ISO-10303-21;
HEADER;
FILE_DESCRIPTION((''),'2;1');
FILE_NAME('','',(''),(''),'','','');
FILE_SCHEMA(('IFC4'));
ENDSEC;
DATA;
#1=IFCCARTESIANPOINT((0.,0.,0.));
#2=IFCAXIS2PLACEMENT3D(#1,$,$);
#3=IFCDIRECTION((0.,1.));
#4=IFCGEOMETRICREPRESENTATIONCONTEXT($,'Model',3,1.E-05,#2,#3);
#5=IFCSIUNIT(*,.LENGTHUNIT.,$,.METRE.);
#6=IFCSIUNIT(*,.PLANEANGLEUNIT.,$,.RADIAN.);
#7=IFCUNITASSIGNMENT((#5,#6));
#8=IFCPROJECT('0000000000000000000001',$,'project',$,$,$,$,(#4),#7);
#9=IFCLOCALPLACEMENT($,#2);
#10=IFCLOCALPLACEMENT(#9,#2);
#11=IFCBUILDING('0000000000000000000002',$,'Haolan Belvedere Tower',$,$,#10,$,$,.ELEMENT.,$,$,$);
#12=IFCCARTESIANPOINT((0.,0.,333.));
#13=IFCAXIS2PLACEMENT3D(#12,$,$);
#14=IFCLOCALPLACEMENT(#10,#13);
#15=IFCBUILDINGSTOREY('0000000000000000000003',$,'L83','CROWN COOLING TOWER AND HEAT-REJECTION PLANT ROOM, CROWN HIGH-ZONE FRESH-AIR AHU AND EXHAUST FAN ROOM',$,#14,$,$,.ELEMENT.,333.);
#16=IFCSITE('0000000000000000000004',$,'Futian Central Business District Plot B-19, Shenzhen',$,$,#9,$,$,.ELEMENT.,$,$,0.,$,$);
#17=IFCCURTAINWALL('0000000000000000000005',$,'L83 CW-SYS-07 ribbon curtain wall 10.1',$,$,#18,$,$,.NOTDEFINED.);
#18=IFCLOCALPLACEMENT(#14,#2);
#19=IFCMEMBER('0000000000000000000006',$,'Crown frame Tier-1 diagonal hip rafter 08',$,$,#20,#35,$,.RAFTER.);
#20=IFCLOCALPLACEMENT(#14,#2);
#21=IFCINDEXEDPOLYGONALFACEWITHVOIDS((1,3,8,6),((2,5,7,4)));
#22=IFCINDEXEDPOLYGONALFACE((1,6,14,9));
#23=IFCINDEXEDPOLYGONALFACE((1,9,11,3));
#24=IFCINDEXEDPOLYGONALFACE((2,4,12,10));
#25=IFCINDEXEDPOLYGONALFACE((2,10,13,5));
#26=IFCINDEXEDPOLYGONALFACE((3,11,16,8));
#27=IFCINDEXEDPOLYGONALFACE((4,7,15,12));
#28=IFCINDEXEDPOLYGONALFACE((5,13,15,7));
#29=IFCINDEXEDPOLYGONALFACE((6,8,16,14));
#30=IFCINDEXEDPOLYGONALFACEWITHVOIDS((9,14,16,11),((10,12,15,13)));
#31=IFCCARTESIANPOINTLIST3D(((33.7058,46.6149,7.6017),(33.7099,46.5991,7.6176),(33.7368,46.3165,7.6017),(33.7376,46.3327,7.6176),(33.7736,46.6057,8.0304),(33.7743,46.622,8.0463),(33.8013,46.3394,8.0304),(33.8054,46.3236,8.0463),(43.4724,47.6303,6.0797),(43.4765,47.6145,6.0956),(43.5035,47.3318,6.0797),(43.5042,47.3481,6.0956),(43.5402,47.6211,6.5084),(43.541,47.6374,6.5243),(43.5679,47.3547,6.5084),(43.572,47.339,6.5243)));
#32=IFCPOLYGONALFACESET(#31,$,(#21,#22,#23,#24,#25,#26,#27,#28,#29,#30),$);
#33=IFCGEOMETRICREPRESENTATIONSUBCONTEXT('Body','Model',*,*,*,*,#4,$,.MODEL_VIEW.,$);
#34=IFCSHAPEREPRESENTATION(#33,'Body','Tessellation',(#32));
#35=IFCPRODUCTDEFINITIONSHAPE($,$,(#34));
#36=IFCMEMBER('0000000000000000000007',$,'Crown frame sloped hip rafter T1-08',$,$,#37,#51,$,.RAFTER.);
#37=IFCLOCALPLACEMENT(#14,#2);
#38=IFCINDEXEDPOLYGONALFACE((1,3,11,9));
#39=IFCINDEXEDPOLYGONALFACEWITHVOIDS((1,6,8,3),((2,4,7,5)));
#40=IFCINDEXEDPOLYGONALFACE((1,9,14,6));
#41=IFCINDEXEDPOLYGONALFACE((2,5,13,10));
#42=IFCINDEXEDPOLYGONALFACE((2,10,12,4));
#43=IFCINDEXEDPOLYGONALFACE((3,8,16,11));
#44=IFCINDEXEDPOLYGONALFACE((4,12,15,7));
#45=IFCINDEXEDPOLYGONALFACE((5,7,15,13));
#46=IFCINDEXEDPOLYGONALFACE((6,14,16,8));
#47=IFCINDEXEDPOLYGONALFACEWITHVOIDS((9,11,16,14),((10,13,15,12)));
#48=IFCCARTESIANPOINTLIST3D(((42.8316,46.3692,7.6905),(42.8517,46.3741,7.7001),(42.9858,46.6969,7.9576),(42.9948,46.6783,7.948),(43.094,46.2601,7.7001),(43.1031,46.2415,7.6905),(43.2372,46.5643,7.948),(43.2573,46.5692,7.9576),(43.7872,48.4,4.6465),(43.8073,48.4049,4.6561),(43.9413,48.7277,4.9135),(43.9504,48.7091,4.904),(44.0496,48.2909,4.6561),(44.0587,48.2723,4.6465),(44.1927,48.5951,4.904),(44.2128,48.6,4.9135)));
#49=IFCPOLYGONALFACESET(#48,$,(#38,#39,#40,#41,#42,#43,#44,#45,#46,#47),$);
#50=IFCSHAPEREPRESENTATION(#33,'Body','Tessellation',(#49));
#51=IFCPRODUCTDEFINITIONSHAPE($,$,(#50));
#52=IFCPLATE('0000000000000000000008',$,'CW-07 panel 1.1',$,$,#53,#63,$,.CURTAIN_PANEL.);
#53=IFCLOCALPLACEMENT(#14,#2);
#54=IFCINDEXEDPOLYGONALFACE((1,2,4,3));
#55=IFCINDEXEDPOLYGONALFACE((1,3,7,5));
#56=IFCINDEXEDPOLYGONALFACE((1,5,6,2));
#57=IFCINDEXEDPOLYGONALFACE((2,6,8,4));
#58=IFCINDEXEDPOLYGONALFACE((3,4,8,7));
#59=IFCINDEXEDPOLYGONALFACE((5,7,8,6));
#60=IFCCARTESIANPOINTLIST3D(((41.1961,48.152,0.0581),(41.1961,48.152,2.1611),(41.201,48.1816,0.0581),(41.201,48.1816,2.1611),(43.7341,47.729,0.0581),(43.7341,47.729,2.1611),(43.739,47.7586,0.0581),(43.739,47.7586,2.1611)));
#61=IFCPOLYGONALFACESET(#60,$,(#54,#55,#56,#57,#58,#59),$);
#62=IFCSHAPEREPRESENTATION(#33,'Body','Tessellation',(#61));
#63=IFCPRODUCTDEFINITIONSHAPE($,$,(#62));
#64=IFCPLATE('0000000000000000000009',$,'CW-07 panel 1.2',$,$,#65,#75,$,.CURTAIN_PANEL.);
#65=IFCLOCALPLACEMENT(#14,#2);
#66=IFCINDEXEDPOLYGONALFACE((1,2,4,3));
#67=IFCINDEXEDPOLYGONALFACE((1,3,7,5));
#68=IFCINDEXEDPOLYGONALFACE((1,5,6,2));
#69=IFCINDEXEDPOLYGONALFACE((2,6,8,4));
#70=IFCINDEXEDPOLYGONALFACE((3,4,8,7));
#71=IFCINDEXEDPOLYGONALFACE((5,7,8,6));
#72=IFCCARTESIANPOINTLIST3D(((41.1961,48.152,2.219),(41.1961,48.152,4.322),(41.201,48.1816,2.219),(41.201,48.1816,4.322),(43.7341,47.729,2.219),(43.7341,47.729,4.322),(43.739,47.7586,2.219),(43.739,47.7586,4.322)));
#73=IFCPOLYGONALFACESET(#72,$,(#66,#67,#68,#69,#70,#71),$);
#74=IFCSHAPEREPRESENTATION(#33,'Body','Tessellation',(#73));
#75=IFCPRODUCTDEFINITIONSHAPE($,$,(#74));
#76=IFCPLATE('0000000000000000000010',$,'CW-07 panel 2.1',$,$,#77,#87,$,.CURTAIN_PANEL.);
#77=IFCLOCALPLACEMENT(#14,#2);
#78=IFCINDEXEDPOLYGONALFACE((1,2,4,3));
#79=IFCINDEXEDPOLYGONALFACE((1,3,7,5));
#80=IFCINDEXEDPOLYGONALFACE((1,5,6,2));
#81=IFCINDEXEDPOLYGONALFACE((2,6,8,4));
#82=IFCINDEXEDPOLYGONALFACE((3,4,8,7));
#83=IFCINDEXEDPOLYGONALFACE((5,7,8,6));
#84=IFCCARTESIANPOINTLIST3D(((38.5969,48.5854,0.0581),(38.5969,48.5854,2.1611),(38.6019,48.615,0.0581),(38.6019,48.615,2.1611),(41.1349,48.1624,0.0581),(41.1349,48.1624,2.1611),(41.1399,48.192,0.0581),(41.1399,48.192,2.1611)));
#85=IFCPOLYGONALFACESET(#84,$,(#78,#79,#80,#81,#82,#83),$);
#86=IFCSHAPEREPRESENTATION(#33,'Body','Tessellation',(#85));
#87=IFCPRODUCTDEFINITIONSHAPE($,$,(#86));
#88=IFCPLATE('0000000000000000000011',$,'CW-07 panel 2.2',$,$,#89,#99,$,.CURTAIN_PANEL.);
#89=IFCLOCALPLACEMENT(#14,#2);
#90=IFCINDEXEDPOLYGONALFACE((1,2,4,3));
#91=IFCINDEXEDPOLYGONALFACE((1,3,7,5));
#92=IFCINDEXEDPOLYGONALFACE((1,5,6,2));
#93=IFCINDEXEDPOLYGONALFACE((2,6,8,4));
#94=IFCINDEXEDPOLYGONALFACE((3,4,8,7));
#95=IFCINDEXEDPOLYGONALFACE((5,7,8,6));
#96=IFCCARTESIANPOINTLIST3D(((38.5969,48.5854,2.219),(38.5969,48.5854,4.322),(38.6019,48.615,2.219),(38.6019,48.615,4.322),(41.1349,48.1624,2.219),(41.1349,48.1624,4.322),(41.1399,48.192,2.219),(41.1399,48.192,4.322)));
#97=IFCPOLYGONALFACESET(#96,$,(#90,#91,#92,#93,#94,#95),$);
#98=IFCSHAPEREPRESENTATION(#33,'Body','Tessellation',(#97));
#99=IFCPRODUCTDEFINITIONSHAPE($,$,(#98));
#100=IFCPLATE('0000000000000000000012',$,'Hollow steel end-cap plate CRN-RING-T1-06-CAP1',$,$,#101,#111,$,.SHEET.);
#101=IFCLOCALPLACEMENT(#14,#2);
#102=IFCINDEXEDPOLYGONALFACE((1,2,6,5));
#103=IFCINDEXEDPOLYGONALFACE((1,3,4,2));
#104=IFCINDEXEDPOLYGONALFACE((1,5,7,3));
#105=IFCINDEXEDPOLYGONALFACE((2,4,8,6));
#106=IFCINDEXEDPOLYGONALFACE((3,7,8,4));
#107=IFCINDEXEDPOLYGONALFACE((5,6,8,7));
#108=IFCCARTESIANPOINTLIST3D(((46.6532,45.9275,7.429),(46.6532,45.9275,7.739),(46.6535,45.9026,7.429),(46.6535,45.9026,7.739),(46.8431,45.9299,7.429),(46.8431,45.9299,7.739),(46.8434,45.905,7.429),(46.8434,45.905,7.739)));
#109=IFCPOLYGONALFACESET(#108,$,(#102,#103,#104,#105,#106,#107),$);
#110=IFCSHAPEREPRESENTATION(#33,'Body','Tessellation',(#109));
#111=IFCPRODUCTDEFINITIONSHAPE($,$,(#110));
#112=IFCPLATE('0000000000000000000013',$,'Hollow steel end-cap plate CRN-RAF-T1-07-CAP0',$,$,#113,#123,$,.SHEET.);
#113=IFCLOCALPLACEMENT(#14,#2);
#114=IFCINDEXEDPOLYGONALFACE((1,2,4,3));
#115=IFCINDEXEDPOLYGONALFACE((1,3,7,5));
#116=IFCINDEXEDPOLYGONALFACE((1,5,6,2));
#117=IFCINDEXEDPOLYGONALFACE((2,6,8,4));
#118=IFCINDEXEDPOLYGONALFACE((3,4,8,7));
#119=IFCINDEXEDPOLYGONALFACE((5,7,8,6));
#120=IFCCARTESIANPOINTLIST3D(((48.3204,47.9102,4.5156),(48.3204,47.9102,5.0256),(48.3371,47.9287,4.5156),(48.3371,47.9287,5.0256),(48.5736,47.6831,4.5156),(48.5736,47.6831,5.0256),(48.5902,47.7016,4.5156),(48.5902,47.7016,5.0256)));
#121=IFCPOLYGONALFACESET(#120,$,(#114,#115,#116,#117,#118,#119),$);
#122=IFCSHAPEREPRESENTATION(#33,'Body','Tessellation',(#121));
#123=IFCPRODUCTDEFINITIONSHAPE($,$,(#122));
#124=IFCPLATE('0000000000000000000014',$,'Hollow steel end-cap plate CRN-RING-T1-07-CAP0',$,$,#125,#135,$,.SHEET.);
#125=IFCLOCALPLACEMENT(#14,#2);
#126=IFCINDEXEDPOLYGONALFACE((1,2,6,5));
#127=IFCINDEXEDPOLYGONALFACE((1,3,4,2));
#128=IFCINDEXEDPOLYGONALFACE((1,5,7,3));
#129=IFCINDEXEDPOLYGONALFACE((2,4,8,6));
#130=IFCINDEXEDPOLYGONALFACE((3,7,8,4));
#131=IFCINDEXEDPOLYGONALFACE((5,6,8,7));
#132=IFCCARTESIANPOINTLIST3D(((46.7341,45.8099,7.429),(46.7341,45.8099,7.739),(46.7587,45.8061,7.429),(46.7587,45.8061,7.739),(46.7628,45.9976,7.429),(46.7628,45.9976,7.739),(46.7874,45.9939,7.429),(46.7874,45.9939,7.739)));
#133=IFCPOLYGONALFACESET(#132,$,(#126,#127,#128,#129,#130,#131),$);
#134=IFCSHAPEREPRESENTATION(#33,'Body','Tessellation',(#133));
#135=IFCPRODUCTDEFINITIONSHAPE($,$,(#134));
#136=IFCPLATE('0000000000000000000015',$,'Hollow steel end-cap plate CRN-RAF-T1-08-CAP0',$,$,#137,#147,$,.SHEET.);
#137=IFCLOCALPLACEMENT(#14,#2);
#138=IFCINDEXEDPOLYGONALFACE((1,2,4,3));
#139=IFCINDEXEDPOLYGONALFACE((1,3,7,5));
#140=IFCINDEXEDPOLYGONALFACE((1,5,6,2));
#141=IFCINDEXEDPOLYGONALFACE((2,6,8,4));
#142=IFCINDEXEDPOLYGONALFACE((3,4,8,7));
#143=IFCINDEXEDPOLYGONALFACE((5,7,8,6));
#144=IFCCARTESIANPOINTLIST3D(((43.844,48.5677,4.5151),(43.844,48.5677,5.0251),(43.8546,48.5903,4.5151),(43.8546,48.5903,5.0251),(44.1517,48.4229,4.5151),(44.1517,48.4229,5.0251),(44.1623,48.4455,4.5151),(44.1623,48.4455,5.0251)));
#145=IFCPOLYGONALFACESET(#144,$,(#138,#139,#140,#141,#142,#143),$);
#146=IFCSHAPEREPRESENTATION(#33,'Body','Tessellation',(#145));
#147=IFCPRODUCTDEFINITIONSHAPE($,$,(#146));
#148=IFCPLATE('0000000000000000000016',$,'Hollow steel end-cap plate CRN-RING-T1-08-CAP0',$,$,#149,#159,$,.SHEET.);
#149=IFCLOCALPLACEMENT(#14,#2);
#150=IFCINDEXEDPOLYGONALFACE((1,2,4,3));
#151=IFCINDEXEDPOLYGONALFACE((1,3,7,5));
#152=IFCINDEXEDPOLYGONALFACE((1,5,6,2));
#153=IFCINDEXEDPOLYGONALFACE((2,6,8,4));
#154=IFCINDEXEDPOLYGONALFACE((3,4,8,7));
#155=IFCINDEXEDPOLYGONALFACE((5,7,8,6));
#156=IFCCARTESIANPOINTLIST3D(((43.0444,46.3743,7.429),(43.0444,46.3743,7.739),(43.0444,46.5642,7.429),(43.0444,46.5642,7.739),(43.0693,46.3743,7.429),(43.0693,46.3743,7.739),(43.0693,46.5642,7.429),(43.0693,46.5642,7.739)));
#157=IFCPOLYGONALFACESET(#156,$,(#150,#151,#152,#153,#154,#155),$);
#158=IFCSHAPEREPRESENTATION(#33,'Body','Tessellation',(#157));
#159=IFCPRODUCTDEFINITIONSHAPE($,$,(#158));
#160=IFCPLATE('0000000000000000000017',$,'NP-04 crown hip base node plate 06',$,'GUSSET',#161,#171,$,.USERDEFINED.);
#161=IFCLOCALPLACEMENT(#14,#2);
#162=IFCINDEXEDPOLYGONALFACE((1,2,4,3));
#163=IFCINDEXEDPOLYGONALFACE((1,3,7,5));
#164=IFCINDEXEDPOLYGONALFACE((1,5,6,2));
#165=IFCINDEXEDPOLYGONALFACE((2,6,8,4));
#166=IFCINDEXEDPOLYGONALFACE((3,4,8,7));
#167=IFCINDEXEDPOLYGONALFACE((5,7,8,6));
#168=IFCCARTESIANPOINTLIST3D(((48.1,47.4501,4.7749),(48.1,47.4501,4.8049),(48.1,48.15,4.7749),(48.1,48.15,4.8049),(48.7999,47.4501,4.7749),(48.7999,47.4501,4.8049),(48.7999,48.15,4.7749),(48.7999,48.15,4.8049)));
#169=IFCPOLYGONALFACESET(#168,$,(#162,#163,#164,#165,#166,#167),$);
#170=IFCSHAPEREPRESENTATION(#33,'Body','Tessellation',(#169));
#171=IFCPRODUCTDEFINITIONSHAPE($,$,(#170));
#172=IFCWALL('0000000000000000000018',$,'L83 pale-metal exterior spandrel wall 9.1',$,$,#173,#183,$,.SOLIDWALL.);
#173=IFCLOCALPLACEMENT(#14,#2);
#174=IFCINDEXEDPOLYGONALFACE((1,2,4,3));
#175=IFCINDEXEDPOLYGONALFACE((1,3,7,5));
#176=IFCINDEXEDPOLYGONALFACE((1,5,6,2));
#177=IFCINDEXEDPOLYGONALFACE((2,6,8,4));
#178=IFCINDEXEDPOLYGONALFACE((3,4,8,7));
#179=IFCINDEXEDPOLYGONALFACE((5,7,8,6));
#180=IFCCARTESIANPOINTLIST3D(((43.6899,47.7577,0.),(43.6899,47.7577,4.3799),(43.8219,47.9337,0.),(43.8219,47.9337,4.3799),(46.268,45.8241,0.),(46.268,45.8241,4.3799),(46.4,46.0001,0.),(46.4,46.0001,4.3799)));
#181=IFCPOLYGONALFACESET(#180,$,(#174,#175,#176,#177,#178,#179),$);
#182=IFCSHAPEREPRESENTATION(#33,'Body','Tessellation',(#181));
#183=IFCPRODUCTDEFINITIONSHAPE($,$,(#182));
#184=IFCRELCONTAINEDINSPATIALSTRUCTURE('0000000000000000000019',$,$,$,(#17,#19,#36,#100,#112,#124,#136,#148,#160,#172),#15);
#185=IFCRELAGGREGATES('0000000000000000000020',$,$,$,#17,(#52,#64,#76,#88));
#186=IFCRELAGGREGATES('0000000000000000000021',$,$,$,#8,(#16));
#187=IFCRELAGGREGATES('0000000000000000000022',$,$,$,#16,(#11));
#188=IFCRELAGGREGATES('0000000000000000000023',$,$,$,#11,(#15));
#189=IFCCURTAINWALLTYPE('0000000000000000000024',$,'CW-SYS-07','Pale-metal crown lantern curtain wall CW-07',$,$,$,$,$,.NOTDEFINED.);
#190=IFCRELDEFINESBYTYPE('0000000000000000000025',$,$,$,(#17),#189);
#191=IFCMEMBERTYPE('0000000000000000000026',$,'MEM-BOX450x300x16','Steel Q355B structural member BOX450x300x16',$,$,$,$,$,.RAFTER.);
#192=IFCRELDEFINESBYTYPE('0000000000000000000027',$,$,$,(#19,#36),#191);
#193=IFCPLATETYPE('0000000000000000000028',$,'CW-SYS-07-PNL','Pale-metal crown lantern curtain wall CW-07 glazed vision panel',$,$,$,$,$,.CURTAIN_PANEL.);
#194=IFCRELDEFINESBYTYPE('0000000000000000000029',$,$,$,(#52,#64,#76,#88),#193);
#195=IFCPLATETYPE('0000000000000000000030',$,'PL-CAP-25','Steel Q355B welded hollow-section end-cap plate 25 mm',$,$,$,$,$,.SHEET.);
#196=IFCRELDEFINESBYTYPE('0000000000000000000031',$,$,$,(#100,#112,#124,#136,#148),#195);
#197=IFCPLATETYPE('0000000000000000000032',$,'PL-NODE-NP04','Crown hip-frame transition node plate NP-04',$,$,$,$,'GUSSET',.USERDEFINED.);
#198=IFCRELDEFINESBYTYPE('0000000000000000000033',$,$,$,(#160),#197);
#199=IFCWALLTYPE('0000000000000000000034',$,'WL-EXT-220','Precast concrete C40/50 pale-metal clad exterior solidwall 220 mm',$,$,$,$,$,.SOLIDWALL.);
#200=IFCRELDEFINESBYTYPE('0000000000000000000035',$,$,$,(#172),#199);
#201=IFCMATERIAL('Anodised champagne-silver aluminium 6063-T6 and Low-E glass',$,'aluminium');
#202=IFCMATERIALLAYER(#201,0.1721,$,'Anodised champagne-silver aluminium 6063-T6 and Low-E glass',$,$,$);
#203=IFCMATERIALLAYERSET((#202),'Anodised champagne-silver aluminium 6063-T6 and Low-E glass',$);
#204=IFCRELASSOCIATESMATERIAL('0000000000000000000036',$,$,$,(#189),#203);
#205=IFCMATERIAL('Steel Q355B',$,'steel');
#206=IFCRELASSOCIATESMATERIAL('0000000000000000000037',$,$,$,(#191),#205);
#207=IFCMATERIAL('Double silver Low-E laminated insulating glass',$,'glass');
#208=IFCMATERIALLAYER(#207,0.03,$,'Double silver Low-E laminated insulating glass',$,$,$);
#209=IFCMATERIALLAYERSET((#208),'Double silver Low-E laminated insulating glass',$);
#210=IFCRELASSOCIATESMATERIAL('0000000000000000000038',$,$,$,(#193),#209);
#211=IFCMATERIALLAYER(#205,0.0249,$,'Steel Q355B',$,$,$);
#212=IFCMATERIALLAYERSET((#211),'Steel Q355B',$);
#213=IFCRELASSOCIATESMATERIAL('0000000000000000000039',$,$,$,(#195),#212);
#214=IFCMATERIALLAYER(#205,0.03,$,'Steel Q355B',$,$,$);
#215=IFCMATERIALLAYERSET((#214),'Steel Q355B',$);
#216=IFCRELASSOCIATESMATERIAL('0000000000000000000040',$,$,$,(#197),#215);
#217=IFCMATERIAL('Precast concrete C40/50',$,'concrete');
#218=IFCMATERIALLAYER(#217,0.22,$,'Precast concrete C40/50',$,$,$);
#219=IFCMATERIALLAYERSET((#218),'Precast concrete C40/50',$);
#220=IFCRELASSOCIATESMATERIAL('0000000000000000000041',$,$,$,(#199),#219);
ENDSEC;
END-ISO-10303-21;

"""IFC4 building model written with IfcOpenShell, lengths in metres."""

from ifc_helpers import new_model, si_unit, direction, frame, frame_2d, origin, origin_2d, place, context, subcontext, project, spatial, rectangle, hollow_rectangle, extrude, material, layer, layer_set, material_profile, profile_set, type_object, element, aggregate, save


model = new_model("IFC4")

# Units and contexts
model_context = context("Model", 3, precision=1e-05, world=origin(), true_north=direction((0.0, 1.0)))
body_context = subcontext(model_context, "Body", "Model", "MODEL_VIEW")
ifc_project = project(units=[si_unit("LENGTHUNIT", "METRE"), si_unit("PLANEANGLEUNIT", "RADIAN")], contexts=[model_context])

# Site, building, storey
site_placement = place(None, origin())
site = spatial("IfcSite", under=ifc_project, at=site_placement, Name="Futian Central Business District Plot B-19, Shenzhen", CompositionType="ELEMENT", RefElevation=0.0)
building_placement = place(site_placement, origin())
building = spatial("IfcBuilding", under=site, at=building_placement, Name="Haolan Belvedere Tower", CompositionType="ELEMENT")
storey_placement = place(building_placement, frame((0.0, 0.0, 333.0)))
storey = spatial("IfcBuildingStorey", under=building, at=storey_placement, Name="L83", Description="CROWN COOLING TOWER AND HEAT-REJECTION PLANT ROOM, CROWN HIGH-ZONE FRESH-AIR AHU AND EXHAUST FAN ROOM", CompositionType="ELEMENT", Elevation=333.0)

# Curtain wall
ifc_material_1 = material(Name="Anodised champagne-silver aluminium 6063-T6 and Low-E glass", Category="aluminium")
ifc_layer_1 = layer(ifc_material_1, 0.1721, Name="Anodised champagne-silver aluminium 6063-T6 and Low-E glass")
ifc_layer_set_1 = layer_set([ifc_layer_1], Name="Anodised champagne-silver aluminium 6063-T6 and Low-E glass")
curtain_wall_type = type_object("IfcCurtainWallType", Name="CW-SYS-07", Description="Pale-metal crown lantern curtain wall CW-07", PredefinedType="NOTDEFINED", material=ifc_layer_set_1)
curtain_wall_placement = place(storey_placement, origin())
curtain_wall = element("IfcCurtainWall", 1, at=curtain_wall_placement, inside=storey, type_object=curtain_wall_type, Name="L83 CW-SYS-07 ribbon curtain wall 10.1", PredefinedType="NOTDEFINED")

# Members
ifc_material_2 = material(Name="Steel Q355B", Category="steel")
ifc_material_profile_1 = material_profile(ifc_material_2, hollow_rectangle(XDim=0.3, YDim=0.45, WallThickness=0.0161, at=origin_2d()), Name="Steel Q355B")
ifc_profile_set_1 = profile_set([ifc_material_profile_1], Name="Steel Q355B")
member_type_1 = type_object("IfcMemberType", Name="MEM-BOX450x300x16", Description="Steel Q355B structural member BOX450x300x16", PredefinedType="RAFTER", material=ifc_profile_set_1)
member_1_placement = place(storey_placement, frame((43.5222, 47.4846, 6.302), z_axis=(-0.982902, -0.102187, 0.15317), x_axis=(0.103407, -0.994639, 0.0)))
element("IfcMember", 2, at=member_1_placement, inside=storey, type_object=member_type_1, Name="Crown frame Tier-1 diagonal hip rafter 08", PredefinedType="RAFTER", context=body_context, shape_type="SweptSolid", body=[
    extrude(hollow_rectangle(XDim=0.3, YDim=0.45, WallThickness=0.0161, at=origin_2d()), origin(), (0.0, 0.0, 1.0), 9.9365),
])
member_2_placement = place(storey_placement, frame((44.0, 48.5, 4.78), z_axis=(-0.252669, -0.53697, 0.804874), x_axis=(0.904833, -0.425766, 0.0)))
element("IfcMember", 3, at=member_2_placement, inside=storey, type_object=member_type_1, Name="Crown frame sloped hip rafter T1-08", PredefinedType="RAFTER", context=body_context, shape_type="SweptSolid", body=[
    extrude(hollow_rectangle(XDim=0.3, YDim=0.45, WallThickness=0.0161, at=origin_2d()), origin(), (0.0, 0.0, 1.0), 3.782),
])

# Plates
ifc_material_3 = material(Name="Double silver Low-E laminated insulating glass", Category="glass")
ifc_layer_2 = layer(ifc_material_3, 0.03, Name="Double silver Low-E laminated insulating glass")
ifc_layer_set_2 = layer_set([ifc_layer_2], Name="Double silver Low-E laminated insulating glass")
plate_type_1 = type_object("IfcPlateType", Name="CW-SYS-07-PNL", Description="Pale-metal crown lantern curtain wall CW-07 glazed vision panel", PredefinedType="CURTAIN_PANEL", material=ifc_layer_set_2)
plate_1_placement = place(storey_placement, frame((42.4675, 47.9553, 0.0581), z_axis=(0.0, 0.0, 1.0), x_axis=(-0.986394, 0.164399, 0.0)))
plate_1 = element("IfcPlate", 4, at=plate_1_placement, type_object=plate_type_1, Name="CW-07 panel 1.1", PredefinedType="CURTAIN_PANEL", context=body_context, shape_type="SweptSolid", body=[
    extrude(rectangle(XDim=2.573, YDim=0.03, at=origin_2d()), origin(), (0.0, 0.0, 1.0), 2.103),
])
plate_2_placement = place(storey_placement, frame((42.4675, 47.9553, 2.219), z_axis=(0.0, 0.0, 1.0), x_axis=(-0.986394, 0.164399, 0.0)))
plate_2 = element("IfcPlate", 5, at=plate_2_placement, type_object=plate_type_1, Name="CW-07 panel 1.2", PredefinedType="CURTAIN_PANEL", context=body_context, shape_type="SweptSolid", body=[
    extrude(rectangle(XDim=2.573, YDim=0.03, at=origin_2d()), origin(), (0.0, 0.0, 1.0), 2.103),
])
plate_3_placement = place(storey_placement, frame((39.8684, 48.3887, 0.0581), z_axis=(0.0, 0.0, 1.0), x_axis=(-0.986394, 0.164399, 0.0)))
plate_3 = element("IfcPlate", 6, at=plate_3_placement, type_object=plate_type_1, Name="CW-07 panel 2.1", PredefinedType="CURTAIN_PANEL", context=body_context, shape_type="SweptSolid", body=[
    extrude(rectangle(XDim=2.573, YDim=0.03, at=origin_2d()), origin(), (0.0, 0.0, 1.0), 2.103),
])
plate_4_placement = place(storey_placement, frame((39.8684, 48.3887, 2.219), z_axis=(0.0, 0.0, 1.0), x_axis=(-0.986394, 0.164399, 0.0)))
plate_4 = element("IfcPlate", 7, at=plate_4_placement, type_object=plate_type_1, Name="CW-07 panel 2.2", PredefinedType="CURTAIN_PANEL", context=body_context, shape_type="SweptSolid", body=[
    extrude(rectangle(XDim=2.573, YDim=0.03, at=origin_2d()), origin(), (0.0, 0.0, 1.0), 2.103),
])
aggregate(curtain_wall, [plate_1, plate_2, plate_3, plate_4])

# Plates
ifc_layer_3 = layer(ifc_material_2, 0.0249, Name="Steel Q355B")
ifc_layer_set_3 = layer_set([ifc_layer_3], Name="Steel Q355B")
plate_type_2 = type_object("IfcPlateType", Name="PL-CAP-25", Description="Steel Q355B welded hollow-section end-cap plate 25 mm", PredefinedType="SHEET", material=ifc_layer_set_3)
plate_5_placement = place(storey_placement, frame((46.7483, 45.9163, 7.429), z_axis=(0.0, 0.0, 1.0), x_axis=(-0.999923, -0.012409, 0.0)))
element("IfcPlate", 8, at=plate_5_placement, inside=storey, type_object=plate_type_2, Name="Hollow steel end-cap plate CRN-RING-T1-06-CAP1", PredefinedType="SHEET", context=body_context, shape_type="SweptSolid", body=[
    extrude(rectangle(XDim=0.1899, YDim=0.0249, at=origin_2d()), origin(), (0.0, 0.0, 1.0), 0.3101),
])
plate_6_placement = place(storey_placement, frame((48.4553, 47.8059, 4.5156), z_axis=(0.0, 0.0, 1.0), x_axis=(-0.744288, 0.667859, 0.0)))
element("IfcPlate", 9, at=plate_6_placement, inside=storey, type_object=plate_type_2, Name="Hollow steel end-cap plate CRN-RAF-T1-07-CAP0", PredefinedType="SHEET", context=body_context, shape_type="SweptSolid", body=[
    extrude(rectangle(XDim=0.3401, YDim=0.0249, at=origin_2d()), origin(), (0.0, 0.0, 1.0), 0.51),
])
plate_7_placement = place(storey_placement, frame((46.7607, 45.9019, 7.429), z_axis=(0.0, 0.0, 1.0), x_axis=(0.150916, 0.988547, 0.0)))
element("IfcPlate", 10, at=plate_7_placement, inside=storey, type_object=plate_type_2, Name="Hollow steel end-cap plate CRN-RING-T1-07-CAP0", PredefinedType="SHEET", context=body_context, shape_type="SweptSolid", body=[
    extrude(rectangle(XDim=0.1899, YDim=0.0249, at=origin_2d()), origin(), (0.0, 0.0, 1.0), 0.3101),
])
plate_8_placement = place(storey_placement, frame((44.0032, 48.5066, 4.5151), z_axis=(0.0, 0.0, 1.0), x_axis=(-0.90482, 0.425795, 0.0)))
element("IfcPlate", 11, at=plate_8_placement, inside=storey, type_object=plate_type_2, Name="Hollow steel end-cap plate CRN-RAF-T1-08-CAP0", PredefinedType="SHEET", context=body_context, shape_type="SweptSolid", body=[
    extrude(rectangle(XDim=0.3401, YDim=0.0249, at=origin_2d()), origin(), (0.0, 0.0, 1.0), 0.51),
])
plate_9_placement = place(storey_placement, frame((43.0569, 46.4692, 7.429), z_axis=(0.0, 0.0, 1.0), x_axis=(0.0, 1.0, 0.0)))
element("IfcPlate", 12, at=plate_9_placement, inside=storey, type_object=plate_type_2, Name="Hollow steel end-cap plate CRN-RING-T1-08-CAP0", PredefinedType="SHEET", context=body_context, shape_type="SweptSolid", body=[
    extrude(rectangle(XDim=0.1899, YDim=0.0249, at=origin_2d()), origin(), (0.0, 0.0, 1.0), 0.3101),
])
ifc_layer_4 = layer(ifc_material_2, 0.03, Name="Steel Q355B")
ifc_layer_set_4 = layer_set([ifc_layer_4], Name="Steel Q355B")
plate_type_3 = type_object("IfcPlateType", Name="PL-NODE-NP04", Description="Crown hip-frame transition node plate NP-04", ElementType="GUSSET", PredefinedType="USERDEFINED", material=ifc_layer_set_4)
plate_10_placement = place(storey_placement, frame((48.45, 47.8, 4.7749), z_axis=(0.0, 0.0, 1.0), x_axis=(1.0, 0.0, 0.0)))
element("IfcPlate", 13, at=plate_10_placement, inside=storey, type_object=plate_type_3, Name="NP-04 crown hip base node plate 06", ObjectType="GUSSET", PredefinedType="USERDEFINED", context=body_context, shape_type="SweptSolid", body=[
    extrude(rectangle(XDim=0.7, YDim=0.7, at=origin_2d()), origin(), (0.0, 0.0, 1.0), 0.03),
])

# Wall
ifc_material_4 = material(Name="Precast concrete C40/50", Category="concrete")
ifc_layer_5 = layer(ifc_material_4, 0.22, Name="Precast concrete C40/50")
ifc_layer_set_5 = layer_set([ifc_layer_5], Name="Precast concrete C40/50")
wall_type_1 = type_object("IfcWallType", Name="WL-EXT-220", Description="Precast concrete C40/50 pale-metal clad exterior solidwall 220 mm", PredefinedType="SOLIDWALL", material=ifc_layer_set_5)
wall_1_placement = place(storey_placement, frame((46.334, 45.9121, 0.0), z_axis=(0.0, 0.0, 1.0), x_axis=(-0.8, 0.6, 0.0)))
element("IfcWall", 14, at=wall_1_placement, inside=storey, type_object=wall_type_1, Name="L83 pale-metal exterior spandrel wall 9.1", PredefinedType="SOLIDWALL", context=body_context, shape_type="SweptSolid", body=[
    extrude(rectangle(XDim=3.2227, YDim=0.22, at=frame_2d((1.6113, 0.0))), origin(), (0.0, 0.0, 1.0), 4.3799),
])

save(model, "model.ifc")
